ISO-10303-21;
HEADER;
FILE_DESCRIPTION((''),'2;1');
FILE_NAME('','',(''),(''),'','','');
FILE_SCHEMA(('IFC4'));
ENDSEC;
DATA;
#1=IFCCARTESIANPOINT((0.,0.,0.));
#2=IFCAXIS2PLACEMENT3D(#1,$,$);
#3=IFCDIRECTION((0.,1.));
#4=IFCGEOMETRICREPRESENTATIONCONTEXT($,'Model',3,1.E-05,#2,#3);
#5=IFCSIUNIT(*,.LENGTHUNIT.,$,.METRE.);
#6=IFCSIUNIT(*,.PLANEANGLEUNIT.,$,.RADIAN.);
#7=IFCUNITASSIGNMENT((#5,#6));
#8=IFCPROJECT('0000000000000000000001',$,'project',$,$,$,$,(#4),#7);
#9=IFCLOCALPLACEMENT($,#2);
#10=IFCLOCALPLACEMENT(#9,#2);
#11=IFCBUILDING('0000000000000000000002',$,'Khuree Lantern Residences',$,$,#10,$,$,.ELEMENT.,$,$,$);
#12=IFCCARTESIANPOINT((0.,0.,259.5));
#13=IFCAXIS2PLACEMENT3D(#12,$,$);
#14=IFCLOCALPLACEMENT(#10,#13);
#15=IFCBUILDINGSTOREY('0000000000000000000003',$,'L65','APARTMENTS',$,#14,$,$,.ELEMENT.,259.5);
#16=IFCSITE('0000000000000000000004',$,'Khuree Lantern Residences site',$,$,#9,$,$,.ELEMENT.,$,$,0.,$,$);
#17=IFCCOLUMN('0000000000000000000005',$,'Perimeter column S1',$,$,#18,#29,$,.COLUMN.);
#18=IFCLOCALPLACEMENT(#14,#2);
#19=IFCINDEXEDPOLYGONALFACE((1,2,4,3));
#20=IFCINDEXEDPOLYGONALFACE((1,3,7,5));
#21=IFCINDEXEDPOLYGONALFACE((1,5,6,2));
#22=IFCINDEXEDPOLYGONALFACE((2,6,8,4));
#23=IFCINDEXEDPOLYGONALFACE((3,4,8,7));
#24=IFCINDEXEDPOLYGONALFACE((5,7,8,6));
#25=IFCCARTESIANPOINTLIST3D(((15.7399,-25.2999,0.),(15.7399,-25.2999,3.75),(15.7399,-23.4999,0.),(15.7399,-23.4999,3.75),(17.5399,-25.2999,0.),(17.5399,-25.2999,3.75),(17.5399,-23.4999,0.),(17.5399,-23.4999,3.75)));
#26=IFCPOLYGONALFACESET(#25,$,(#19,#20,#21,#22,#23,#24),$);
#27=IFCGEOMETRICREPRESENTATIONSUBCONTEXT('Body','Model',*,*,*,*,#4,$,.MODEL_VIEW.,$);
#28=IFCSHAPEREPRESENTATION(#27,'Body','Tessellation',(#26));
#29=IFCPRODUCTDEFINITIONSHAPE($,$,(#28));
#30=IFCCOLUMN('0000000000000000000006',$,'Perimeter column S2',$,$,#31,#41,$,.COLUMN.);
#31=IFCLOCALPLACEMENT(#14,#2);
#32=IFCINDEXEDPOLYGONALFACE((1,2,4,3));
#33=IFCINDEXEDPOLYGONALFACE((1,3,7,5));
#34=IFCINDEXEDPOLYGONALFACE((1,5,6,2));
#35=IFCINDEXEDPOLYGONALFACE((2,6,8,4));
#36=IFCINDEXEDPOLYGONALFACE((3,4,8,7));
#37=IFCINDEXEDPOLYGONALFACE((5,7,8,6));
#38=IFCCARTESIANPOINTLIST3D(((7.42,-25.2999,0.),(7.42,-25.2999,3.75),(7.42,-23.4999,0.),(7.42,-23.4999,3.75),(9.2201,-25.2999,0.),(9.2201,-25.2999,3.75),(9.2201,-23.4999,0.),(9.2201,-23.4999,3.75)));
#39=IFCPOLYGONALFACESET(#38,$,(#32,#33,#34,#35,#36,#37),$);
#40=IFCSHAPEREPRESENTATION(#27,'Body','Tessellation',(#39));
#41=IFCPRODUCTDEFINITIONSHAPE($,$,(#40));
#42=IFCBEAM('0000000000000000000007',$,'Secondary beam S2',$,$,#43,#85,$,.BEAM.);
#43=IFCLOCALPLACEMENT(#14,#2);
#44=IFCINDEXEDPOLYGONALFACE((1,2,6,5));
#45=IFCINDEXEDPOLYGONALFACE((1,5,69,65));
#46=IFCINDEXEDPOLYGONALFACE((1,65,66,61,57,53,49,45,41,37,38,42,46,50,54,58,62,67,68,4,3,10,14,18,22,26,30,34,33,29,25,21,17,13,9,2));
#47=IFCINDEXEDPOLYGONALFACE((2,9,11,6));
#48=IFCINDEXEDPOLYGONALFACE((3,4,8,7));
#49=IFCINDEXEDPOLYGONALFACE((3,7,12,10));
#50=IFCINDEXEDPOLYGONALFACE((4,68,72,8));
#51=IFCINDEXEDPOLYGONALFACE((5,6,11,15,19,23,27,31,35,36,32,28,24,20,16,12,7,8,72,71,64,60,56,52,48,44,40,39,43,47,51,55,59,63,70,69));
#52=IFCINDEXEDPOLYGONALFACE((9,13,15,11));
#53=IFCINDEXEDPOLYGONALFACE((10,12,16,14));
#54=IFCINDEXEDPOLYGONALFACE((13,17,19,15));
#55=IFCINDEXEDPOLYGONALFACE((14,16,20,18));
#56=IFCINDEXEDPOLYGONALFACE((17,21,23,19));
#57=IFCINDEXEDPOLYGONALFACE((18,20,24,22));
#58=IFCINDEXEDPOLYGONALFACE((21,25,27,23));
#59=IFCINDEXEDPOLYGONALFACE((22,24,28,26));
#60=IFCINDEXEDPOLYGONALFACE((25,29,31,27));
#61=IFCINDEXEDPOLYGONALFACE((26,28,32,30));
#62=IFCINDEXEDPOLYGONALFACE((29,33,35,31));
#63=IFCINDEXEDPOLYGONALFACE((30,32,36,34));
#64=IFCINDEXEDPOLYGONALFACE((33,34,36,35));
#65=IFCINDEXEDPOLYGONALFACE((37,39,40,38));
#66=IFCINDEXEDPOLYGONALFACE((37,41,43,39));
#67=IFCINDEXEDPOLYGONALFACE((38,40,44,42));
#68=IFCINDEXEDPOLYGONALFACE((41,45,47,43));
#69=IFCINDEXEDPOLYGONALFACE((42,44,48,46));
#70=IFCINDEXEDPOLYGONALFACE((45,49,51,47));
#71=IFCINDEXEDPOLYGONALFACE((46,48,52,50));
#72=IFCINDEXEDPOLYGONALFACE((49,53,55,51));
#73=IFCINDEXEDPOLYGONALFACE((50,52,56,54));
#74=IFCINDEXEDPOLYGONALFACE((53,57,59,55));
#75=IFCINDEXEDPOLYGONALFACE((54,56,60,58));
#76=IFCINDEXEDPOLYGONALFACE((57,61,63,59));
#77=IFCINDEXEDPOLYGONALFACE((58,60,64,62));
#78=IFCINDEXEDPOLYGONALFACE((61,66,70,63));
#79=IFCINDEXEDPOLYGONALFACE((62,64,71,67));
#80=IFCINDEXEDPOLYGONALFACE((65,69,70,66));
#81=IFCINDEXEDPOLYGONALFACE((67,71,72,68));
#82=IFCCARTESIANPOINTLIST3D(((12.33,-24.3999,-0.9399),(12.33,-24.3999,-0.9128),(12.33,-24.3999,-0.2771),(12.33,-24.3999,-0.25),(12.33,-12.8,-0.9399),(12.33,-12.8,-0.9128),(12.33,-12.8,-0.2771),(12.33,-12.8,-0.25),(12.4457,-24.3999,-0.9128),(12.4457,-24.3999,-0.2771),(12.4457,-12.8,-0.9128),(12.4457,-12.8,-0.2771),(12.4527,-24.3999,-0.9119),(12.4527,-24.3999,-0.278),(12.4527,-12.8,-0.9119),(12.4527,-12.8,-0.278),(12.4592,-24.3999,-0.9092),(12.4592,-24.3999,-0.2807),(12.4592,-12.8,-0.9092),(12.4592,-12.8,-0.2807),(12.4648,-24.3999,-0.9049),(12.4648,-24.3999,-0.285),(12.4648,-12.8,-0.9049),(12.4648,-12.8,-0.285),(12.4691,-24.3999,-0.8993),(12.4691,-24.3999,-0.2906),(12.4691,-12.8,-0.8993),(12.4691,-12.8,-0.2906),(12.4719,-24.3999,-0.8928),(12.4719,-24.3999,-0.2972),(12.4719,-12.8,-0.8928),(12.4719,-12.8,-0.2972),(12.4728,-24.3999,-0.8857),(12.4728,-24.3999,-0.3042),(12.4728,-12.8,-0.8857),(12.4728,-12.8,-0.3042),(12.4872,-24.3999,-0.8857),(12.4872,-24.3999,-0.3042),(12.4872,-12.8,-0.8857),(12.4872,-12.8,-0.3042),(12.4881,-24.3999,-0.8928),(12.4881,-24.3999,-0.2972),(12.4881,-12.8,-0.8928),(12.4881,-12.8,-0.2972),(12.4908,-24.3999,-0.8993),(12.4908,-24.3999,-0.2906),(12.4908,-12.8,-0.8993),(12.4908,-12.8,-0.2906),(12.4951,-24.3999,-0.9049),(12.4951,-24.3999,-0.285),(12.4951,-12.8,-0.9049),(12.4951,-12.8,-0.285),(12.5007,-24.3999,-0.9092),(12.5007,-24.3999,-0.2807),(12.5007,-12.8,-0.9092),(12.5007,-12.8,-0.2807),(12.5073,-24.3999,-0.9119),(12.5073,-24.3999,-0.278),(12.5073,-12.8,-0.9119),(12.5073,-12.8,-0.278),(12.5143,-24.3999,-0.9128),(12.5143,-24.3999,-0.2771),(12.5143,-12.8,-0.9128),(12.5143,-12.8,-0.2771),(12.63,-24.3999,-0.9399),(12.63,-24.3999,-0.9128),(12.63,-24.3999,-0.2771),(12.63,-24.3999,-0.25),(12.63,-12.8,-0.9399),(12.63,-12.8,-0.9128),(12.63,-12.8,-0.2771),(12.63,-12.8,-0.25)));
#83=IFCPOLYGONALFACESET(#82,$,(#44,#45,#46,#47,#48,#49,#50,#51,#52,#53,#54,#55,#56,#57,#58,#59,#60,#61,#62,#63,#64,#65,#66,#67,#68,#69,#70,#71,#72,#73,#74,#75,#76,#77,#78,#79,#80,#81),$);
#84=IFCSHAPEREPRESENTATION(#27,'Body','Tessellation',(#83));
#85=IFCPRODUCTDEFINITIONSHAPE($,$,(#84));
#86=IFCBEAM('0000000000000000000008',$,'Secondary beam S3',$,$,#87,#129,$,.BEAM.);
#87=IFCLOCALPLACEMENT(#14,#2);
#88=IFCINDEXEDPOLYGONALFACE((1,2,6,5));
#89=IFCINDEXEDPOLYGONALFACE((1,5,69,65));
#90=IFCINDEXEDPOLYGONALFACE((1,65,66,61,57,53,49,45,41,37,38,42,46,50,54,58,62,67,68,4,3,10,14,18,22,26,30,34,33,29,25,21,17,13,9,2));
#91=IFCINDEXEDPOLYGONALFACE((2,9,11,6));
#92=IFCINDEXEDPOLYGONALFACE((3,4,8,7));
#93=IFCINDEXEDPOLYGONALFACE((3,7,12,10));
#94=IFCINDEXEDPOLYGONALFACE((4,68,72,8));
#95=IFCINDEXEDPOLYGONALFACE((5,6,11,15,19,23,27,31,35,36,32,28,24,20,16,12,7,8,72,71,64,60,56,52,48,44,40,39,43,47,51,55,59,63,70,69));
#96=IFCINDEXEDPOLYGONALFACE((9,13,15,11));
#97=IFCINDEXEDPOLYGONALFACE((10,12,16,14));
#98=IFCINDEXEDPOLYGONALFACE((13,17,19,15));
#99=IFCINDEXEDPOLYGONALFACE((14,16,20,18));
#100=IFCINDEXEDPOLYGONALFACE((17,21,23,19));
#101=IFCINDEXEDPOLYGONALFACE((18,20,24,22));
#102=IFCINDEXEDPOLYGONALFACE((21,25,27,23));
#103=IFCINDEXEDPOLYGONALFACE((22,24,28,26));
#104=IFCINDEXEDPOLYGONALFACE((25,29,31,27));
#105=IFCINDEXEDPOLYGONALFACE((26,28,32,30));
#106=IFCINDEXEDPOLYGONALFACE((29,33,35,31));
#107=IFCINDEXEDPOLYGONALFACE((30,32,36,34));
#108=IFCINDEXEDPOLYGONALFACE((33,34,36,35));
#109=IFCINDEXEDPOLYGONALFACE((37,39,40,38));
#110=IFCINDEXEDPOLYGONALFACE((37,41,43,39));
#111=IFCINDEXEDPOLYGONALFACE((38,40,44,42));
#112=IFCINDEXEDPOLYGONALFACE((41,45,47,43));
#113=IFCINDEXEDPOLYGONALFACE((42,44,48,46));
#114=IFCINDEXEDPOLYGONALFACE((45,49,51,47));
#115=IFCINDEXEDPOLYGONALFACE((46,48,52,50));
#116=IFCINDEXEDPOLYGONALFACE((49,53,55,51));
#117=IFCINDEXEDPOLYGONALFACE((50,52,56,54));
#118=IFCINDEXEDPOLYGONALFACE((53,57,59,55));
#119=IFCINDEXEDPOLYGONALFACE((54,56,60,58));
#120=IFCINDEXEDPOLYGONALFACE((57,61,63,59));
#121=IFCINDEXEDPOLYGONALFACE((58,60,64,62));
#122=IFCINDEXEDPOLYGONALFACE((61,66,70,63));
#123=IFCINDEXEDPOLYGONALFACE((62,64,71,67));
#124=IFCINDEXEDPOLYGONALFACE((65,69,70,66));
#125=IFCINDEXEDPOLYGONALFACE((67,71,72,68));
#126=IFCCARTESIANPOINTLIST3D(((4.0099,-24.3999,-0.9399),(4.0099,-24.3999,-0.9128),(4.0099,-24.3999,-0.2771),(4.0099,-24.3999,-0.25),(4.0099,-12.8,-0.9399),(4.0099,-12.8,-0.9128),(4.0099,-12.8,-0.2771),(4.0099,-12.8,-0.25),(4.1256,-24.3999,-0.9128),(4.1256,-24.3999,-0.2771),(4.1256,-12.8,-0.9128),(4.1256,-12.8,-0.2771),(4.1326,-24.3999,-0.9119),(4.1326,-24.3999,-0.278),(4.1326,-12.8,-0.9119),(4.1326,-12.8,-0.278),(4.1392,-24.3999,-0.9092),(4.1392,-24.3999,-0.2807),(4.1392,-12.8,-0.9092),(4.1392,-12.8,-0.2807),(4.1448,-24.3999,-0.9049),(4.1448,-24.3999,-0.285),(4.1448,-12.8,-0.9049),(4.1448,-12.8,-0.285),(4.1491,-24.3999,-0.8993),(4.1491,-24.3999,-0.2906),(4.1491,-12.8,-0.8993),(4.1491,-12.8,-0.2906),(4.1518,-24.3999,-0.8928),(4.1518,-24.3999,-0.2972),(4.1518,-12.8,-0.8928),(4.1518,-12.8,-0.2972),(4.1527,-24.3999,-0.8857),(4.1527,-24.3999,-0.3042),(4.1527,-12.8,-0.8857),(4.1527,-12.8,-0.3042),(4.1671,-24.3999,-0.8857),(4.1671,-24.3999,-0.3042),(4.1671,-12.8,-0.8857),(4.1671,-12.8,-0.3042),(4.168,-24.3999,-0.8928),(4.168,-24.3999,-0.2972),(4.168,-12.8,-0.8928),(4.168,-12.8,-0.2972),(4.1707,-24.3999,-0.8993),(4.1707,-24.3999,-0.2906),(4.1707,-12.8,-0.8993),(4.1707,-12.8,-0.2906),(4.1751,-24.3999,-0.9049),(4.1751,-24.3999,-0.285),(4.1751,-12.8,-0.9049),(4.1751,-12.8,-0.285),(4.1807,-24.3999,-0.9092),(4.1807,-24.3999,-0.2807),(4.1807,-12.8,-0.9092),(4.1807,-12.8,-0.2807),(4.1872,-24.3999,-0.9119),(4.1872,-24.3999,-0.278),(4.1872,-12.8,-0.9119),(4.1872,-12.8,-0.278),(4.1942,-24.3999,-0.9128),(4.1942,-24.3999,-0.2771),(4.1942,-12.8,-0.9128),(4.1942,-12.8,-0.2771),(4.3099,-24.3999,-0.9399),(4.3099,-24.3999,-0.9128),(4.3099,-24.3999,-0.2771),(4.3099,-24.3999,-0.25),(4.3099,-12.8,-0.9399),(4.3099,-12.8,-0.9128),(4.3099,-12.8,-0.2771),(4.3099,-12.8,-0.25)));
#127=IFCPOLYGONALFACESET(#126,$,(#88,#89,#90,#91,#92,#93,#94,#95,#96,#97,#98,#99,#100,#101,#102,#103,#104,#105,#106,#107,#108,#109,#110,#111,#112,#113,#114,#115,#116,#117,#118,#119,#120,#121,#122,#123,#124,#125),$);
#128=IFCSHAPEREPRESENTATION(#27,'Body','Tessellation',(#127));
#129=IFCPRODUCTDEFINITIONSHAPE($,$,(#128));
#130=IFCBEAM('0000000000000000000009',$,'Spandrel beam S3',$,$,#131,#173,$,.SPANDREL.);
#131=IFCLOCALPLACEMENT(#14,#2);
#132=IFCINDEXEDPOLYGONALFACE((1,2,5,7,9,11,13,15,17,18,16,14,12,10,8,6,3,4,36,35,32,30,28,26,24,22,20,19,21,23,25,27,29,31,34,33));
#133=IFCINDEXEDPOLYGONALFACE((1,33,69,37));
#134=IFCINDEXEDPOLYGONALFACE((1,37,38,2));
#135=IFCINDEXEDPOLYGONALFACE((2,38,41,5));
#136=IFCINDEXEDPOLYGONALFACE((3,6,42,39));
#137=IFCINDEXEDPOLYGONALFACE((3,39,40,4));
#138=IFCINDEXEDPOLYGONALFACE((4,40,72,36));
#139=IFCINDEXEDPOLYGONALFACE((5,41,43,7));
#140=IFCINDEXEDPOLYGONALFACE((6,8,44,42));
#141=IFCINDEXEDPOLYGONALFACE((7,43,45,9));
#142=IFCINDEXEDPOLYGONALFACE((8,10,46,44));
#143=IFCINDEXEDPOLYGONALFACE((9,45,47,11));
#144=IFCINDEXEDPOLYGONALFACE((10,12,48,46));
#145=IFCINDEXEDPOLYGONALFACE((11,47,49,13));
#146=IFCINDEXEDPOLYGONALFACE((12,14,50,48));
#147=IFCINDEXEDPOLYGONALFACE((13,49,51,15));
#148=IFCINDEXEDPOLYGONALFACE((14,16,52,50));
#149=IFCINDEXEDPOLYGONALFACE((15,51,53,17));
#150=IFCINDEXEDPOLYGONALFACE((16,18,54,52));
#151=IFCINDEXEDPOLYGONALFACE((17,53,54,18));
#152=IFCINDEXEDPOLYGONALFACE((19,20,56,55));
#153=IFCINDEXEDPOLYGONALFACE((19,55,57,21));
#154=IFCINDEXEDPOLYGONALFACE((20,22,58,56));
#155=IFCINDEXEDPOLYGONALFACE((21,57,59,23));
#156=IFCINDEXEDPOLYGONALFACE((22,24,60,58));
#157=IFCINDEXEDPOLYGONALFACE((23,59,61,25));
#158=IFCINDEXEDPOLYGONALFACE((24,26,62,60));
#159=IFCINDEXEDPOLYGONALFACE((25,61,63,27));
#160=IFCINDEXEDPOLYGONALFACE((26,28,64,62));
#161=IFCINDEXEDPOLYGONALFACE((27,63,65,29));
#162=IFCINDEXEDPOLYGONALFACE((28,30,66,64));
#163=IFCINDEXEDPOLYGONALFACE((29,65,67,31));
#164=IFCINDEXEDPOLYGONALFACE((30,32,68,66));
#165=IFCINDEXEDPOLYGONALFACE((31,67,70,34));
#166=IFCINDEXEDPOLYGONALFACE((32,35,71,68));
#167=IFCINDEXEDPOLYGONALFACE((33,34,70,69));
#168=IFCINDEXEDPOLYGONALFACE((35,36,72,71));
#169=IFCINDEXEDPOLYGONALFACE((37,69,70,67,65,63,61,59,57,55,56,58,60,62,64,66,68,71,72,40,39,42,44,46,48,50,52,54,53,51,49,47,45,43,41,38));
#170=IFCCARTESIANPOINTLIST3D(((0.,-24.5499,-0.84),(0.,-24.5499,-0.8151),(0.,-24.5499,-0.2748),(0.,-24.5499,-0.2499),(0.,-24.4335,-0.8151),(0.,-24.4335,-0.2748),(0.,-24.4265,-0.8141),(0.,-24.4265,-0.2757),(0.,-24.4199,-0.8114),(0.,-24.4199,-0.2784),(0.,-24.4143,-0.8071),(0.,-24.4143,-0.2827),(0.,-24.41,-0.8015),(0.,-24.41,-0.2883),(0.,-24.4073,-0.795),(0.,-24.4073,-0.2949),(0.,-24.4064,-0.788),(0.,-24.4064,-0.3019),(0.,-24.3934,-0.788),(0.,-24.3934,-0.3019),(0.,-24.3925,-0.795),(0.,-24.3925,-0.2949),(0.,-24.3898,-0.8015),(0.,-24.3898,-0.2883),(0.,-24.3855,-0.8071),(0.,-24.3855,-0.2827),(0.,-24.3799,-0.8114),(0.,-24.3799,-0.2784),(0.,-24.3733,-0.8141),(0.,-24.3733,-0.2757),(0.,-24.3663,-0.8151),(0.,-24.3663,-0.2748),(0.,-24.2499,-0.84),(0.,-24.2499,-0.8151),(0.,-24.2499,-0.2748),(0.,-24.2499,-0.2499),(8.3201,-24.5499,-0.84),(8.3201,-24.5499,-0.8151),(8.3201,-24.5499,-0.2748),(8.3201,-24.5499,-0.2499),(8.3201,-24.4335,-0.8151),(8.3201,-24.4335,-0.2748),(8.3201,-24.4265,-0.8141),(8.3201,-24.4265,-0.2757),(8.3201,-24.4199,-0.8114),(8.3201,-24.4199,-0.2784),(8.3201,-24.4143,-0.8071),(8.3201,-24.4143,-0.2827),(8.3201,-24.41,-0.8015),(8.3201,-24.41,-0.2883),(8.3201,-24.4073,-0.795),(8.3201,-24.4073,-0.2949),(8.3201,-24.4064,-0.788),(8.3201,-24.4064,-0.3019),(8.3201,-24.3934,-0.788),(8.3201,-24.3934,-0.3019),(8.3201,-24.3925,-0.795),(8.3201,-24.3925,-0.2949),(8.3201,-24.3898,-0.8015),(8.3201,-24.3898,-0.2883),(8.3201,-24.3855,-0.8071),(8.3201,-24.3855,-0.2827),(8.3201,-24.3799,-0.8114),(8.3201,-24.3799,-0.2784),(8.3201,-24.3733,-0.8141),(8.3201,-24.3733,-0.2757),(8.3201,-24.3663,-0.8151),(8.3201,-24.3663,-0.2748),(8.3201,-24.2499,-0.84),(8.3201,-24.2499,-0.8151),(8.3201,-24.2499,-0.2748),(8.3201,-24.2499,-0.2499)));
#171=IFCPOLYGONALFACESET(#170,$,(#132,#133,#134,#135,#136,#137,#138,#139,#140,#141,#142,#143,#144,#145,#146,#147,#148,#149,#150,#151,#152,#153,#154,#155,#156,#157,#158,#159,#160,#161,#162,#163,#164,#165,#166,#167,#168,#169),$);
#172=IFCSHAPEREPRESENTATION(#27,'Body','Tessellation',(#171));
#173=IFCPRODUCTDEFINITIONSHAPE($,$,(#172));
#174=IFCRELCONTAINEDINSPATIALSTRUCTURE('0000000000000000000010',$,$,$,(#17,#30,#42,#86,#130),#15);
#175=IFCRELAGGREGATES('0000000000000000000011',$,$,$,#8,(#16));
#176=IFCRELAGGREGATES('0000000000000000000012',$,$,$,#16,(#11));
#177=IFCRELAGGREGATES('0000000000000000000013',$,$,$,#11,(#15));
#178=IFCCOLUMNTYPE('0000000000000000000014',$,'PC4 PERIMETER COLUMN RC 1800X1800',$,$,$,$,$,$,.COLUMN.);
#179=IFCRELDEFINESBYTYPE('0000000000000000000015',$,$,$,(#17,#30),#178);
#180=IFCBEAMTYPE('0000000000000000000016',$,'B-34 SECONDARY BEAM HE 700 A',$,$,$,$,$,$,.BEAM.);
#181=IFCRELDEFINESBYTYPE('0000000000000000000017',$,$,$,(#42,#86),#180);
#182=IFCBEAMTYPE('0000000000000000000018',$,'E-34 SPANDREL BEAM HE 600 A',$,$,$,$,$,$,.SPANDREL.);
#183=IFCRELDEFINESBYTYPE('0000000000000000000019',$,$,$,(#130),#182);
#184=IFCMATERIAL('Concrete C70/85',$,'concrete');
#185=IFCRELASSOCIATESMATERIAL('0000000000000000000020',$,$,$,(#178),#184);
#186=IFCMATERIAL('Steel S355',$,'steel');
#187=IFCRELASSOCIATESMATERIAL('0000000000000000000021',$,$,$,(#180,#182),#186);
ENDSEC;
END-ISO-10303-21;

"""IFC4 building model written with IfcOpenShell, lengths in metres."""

from ifc_helpers import new_model, si_unit, direction, frame, origin, origin_2d, place, context, subcontext, project, spatial, rectangle, i_section, extrude, material, material_profile, profile_set, type_object, element, save


model = new_model("IFC4")

# Units and contexts
model_context = context("Model", 3, precision=1e-05, world=origin(), true_north=direction((0.0, 1.0)))
body_context = subcontext(model_context, "Body", "Model", "MODEL_VIEW")
ifc_project = project(units=[si_unit("LENGTHUNIT", "METRE"), si_unit("PLANEANGLEUNIT", "RADIAN")], contexts=[model_context])

# Site, building, storey
site_placement = place(None, origin())
site = spatial("IfcSite", under=ifc_project, at=site_placement, Name="Khuree Lantern Residences site", CompositionType="ELEMENT", RefElevation=0.0)
building_placement = place(site_placement, origin())
building = spatial("IfcBuilding", under=site, at=building_placement, Name="Khuree Lantern Residences", CompositionType="ELEMENT")
storey_placement = place(building_placement, frame((0.0, 0.0, 259.5)))
storey = spatial("IfcBuildingStorey", under=building, at=storey_placement, Name="L65", Description="APARTMENTS", CompositionType="ELEMENT", Elevation=259.5)

# Columns
ifc_material_1 = material(Name="Concrete C70/85", Category="concrete")
ifc_material_profile_1 = material_profile(ifc_material_1, rectangle(XDim=1.8, YDim=1.8, at=origin_2d()), Name="RC 1800X1800")
ifc_profile_set_1 = profile_set([ifc_material_profile_1], Name="Concrete C70/85")
column_type = type_object("IfcColumnType", Name="PC4 PERIMETER COLUMN RC 1800X1800", PredefinedType="COLUMN", material=ifc_profile_set_1)
for number, where, z_axis, x_axis, name in (
    (1, (16.6399, -24.3999, 0.0), (0.0, 0.0, 1.0), (1.0, 0.0, 0.0), "Perimeter column S1"),
    (2, (8.3201, -24.3999, 0.0), (0.0, 0.0, 1.0), (1.0, 0.0, 0.0), "Perimeter column S2"),
):
    element("IfcColumn", number, at=place(storey_placement, frame(where, z_axis=z_axis, x_axis=x_axis)), inside=storey, type_object=column_type, Name=name, PredefinedType="COLUMN", context=body_context, shape_type="SweptSolid", body=[
        extrude(rectangle(XDim=1.8, YDim=1.8, at=origin_2d()), origin(), (0.0, 0.0, 1.0), 3.75),
    ])

# Beams
ifc_material_2 = material(Name="Steel S355", Category="steel")
ifc_material_profile_2 = material_profile(ifc_material_2, i_section(OverallWidth=0.3, OverallDepth=0.6899, WebThickness=0.0144, FlangeThickness=0.0271, FilletRadius=0.0271, at=origin_2d()), Name="HE 700 A")
ifc_profile_set_2 = profile_set([ifc_material_profile_2], Name="Steel S355")
beam_type_1 = type_object("IfcBeamType", Name="B-34 SECONDARY BEAM HE 700 A", PredefinedType="BEAM", material=ifc_profile_set_2)
for number, where, z_axis, x_axis, name in (
    (3, (12.48, -24.3999, -0.595), (0.0, 1.0, 0.0), (-1.0, 0.0, 0.0), "Secondary beam S2"),
    (4, (4.1599, -24.3999, -0.595), (0.0, 1.0, 0.0), (-1.0, 0.0, 0.0), "Secondary beam S3"),
):
    element("IfcBeam", number, at=place(storey_placement, frame(where, z_axis=z_axis, x_axis=x_axis)), inside=storey, type_object=beam_type_1, Name=name, PredefinedType="BEAM", context=body_context, shape_type="SweptSolid", body=[
        extrude(i_section(OverallWidth=0.3, OverallDepth=0.6899, WebThickness=0.0144, FlangeThickness=0.0271, FilletRadius=0.0271, at=origin_2d()), origin(), (0.0, 0.0, 1.0), 11.5999),
    ])
ifc_material_profile_3 = material_profile(ifc_material_2, i_section(OverallWidth=0.3, OverallDepth=0.5901, WebThickness=0.0129, FlangeThickness=0.0249, FilletRadius=0.0271, at=origin_2d()), Name="HE 600 A")
ifc_profile_set_3 = profile_set([ifc_material_profile_3], Name="Steel S355")
beam_type_2 = type_object("IfcBeamType", Name="E-34 SPANDREL BEAM HE 600 A", PredefinedType="SPANDREL", material=ifc_profile_set_3)
for number, where, z_axis, x_axis, name in (
    (5, (8.3201, -24.3999, -0.5449), (-1.0, 0.0, 0.0), (0.0, -1.0, 0.0), "Spandrel beam S3"),
):
    element("IfcBeam", number, at=place(storey_placement, frame(where, z_axis=z_axis, x_axis=x_axis)), inside=storey, type_object=beam_type_2, Name=name, PredefinedType="SPANDREL", context=body_context, shape_type="SweptSolid", body=[
        extrude(i_section(OverallWidth=0.3, OverallDepth=0.5901, WebThickness=0.0129, FlangeThickness=0.0249, FilletRadius=0.0271, at=origin_2d()), origin(), (0.0, 0.0, 1.0), 8.3201),
    ])

save(model, "model.ifc")
